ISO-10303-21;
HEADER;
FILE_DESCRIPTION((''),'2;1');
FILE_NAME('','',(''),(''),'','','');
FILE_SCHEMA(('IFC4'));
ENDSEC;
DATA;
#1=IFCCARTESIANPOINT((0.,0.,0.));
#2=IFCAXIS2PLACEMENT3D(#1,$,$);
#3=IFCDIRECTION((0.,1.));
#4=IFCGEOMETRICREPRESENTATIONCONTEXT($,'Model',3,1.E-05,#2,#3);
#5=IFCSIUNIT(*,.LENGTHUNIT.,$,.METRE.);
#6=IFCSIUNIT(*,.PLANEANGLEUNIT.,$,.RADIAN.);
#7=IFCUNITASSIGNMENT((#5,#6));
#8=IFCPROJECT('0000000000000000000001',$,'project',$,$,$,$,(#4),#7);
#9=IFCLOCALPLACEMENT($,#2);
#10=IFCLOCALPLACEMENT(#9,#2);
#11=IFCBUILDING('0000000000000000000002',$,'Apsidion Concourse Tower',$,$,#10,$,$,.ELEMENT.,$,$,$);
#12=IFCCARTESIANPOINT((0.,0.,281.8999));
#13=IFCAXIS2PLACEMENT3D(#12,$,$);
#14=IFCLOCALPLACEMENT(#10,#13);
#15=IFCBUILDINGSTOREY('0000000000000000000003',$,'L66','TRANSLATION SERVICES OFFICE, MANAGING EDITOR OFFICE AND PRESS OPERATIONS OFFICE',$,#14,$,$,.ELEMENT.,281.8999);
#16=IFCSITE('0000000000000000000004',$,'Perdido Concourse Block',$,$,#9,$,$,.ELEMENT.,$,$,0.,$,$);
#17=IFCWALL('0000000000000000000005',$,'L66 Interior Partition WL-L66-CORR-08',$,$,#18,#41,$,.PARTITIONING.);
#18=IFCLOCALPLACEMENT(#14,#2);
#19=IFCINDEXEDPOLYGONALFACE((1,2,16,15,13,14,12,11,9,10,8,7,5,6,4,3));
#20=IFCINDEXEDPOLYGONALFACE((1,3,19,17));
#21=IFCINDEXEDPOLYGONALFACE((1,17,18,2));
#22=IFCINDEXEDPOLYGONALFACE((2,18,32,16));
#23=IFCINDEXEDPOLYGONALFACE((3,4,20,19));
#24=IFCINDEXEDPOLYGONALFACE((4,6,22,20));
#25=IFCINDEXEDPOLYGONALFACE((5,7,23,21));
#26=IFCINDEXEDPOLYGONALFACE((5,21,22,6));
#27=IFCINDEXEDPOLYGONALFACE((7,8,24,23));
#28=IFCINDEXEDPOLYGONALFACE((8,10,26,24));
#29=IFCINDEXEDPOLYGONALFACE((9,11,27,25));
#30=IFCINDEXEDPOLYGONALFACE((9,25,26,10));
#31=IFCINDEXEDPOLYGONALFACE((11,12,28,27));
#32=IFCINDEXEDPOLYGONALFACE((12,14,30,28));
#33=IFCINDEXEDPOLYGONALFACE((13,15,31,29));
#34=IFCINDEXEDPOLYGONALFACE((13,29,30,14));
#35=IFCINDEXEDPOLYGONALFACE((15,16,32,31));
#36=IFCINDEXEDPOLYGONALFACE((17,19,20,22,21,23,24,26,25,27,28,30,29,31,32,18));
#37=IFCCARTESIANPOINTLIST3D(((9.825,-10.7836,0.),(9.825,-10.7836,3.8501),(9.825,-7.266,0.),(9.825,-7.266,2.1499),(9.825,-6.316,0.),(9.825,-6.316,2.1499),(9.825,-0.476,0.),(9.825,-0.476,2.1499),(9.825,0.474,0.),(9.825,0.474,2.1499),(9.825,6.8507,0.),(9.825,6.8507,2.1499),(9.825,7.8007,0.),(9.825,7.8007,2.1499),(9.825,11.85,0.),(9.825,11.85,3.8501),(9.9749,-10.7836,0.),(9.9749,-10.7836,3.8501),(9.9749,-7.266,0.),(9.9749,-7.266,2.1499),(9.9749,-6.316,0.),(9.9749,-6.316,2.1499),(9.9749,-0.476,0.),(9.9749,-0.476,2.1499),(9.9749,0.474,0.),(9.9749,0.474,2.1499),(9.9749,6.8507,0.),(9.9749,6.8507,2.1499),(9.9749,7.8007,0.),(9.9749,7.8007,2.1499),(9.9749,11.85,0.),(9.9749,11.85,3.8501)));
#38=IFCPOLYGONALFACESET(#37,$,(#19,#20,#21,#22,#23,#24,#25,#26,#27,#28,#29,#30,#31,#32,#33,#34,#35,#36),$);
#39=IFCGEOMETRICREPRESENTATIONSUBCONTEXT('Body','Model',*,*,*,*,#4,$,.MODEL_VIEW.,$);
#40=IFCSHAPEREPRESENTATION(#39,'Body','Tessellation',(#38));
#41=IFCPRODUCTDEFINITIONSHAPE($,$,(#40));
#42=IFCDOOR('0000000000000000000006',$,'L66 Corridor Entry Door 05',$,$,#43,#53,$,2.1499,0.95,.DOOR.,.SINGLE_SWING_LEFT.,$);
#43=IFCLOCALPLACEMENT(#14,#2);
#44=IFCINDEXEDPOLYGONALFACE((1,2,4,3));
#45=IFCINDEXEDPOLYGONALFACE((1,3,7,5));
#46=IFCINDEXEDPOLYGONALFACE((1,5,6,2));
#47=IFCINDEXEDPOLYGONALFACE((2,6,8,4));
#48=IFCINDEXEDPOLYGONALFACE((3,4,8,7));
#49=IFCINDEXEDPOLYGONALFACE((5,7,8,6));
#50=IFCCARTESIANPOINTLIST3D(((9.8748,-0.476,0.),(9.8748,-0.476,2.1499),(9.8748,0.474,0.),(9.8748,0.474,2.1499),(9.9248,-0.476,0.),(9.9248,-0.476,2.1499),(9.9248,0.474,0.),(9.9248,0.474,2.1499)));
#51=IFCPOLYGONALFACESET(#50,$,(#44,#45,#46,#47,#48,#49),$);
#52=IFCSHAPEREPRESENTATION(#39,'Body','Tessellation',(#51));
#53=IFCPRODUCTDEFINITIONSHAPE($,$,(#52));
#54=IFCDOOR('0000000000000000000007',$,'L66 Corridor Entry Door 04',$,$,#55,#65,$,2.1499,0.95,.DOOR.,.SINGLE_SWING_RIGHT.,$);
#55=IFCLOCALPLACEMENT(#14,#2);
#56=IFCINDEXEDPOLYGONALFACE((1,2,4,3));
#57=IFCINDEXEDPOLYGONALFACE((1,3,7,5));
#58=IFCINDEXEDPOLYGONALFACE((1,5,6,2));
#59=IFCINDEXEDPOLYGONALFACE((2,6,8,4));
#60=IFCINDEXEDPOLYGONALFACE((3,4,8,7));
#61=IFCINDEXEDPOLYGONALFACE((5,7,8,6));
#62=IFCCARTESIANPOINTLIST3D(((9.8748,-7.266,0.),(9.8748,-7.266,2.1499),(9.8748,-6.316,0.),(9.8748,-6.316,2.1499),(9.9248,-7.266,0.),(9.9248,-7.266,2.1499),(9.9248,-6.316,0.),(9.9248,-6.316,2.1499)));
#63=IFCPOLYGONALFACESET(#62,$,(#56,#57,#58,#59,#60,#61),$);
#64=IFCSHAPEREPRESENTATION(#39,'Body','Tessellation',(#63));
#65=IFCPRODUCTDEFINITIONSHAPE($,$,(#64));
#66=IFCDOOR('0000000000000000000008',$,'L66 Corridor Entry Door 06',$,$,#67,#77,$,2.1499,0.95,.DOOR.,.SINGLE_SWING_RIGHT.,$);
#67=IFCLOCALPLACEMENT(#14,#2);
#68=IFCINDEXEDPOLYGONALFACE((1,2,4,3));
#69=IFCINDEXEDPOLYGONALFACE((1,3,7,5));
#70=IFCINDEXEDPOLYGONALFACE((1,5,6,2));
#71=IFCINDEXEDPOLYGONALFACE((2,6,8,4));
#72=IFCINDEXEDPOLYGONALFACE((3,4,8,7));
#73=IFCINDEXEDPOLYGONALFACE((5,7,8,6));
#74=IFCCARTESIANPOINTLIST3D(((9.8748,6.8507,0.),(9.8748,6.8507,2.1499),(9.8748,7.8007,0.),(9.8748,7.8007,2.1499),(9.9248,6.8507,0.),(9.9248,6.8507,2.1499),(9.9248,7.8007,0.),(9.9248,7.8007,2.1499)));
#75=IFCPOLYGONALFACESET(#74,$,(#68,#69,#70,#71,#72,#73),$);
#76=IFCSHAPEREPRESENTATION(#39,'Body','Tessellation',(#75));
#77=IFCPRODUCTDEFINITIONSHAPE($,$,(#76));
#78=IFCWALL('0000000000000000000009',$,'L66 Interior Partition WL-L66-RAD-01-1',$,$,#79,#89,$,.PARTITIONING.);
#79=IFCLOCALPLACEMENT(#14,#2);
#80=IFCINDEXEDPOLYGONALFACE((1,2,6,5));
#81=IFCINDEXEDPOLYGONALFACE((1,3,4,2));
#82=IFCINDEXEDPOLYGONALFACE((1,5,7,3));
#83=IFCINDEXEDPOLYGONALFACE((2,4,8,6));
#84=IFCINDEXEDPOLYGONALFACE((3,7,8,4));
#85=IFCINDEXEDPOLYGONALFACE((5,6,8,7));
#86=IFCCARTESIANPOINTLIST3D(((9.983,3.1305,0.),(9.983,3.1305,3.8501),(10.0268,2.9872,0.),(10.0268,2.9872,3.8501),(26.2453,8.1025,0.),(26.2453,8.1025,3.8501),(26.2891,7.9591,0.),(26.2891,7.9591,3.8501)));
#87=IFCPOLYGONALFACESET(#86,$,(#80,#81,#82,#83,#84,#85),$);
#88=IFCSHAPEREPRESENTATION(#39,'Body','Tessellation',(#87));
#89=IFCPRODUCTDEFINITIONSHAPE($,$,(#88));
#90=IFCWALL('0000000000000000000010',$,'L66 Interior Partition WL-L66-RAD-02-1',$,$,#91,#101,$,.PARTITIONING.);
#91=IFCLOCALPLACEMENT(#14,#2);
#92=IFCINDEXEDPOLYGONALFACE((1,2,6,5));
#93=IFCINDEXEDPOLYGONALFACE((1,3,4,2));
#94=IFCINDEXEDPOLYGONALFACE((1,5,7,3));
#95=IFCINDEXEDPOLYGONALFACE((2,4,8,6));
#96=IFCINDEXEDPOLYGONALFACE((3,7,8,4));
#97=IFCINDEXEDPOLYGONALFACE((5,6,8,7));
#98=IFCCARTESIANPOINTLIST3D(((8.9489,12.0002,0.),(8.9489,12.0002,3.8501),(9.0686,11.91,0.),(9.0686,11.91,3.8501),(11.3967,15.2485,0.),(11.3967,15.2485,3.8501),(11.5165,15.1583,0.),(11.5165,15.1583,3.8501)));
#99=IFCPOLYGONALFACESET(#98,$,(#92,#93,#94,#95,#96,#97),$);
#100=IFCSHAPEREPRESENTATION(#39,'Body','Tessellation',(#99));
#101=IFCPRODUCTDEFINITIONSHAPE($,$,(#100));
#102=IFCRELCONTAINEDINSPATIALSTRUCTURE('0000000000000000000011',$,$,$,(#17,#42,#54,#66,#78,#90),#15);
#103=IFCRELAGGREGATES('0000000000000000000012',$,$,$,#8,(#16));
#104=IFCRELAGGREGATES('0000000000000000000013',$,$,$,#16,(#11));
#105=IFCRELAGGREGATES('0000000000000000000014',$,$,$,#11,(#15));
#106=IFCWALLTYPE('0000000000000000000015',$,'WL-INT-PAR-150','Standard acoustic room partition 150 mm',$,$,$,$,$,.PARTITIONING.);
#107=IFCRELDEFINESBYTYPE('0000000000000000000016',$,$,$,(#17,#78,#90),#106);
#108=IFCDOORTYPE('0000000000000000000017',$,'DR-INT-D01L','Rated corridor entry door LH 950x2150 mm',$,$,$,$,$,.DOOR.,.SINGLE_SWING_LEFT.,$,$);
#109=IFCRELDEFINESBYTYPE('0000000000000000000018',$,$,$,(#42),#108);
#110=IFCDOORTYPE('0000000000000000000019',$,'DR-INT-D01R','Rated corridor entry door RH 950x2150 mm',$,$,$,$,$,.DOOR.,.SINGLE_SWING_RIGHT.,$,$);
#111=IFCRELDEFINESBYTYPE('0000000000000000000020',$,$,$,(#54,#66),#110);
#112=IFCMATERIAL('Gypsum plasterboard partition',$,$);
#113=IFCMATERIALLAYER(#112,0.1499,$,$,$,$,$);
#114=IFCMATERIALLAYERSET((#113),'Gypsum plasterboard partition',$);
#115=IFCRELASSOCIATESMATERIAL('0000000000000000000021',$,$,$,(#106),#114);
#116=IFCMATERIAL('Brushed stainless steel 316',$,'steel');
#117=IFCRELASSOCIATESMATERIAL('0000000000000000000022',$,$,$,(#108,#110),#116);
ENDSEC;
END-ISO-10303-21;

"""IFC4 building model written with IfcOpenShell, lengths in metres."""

from ifc_helpers import new_model, si_unit, direction, frame, frame_2d, origin, place, context, subcontext, project, spatial, rectangle, extrude, material, layer, layer_set, type_object, element, fill, save


model = new_model("IFC4")

# Units and contexts
model_context = context("Model", 3, precision=1e-05, world=origin(), true_north=direction((0.0, 1.0)))
body_context = subcontext(model_context, "Body", "Model", "MODEL_VIEW")
ifc_project = project(units=[si_unit("LENGTHUNIT", "METRE"), si_unit("PLANEANGLEUNIT", "RADIAN")], contexts=[model_context])

# Site, building, storey
site_placement = place(None, origin())
site = spatial("IfcSite", under=ifc_project, at=site_placement, Name="Perdido Concourse Block", CompositionType="ELEMENT", RefElevation=0.0)
building_placement = place(site_placement, origin())
building = spatial("IfcBuilding", under=site, at=building_placement, Name="Apsidion Concourse Tower", CompositionType="ELEMENT")
storey_placement = place(building_placement, frame((0.0, 0.0, 281.8999)))
storey = spatial("IfcBuildingStorey", under=building, at=storey_placement, Name="L66", Description="TRANSLATION SERVICES OFFICE, MANAGING EDITOR OFFICE AND PRESS OPERATIONS OFFICE", CompositionType="ELEMENT", Elevation=281.8999)

# Wall, openings, doors
ifc_material_1 = material(Name="Gypsum plasterboard partition")
ifc_layer = layer(ifc_material_1, 0.1499)
ifc_layer_set = layer_set([ifc_layer], Name="Gypsum plasterboard partition")
wall_type = type_object("IfcWallType", Name="WL-INT-PAR-150", Description="Standard acoustic room partition 150 mm", PredefinedType="PARTITIONING", material=ifc_layer_set)
wall_1_placement = place(storey_placement, frame((9.8999, 11.8501, 0.0), z_axis=(0.0, 0.0, 1.0), x_axis=(0.0, -1.0, 0.0)))
wall_1 = element("IfcWall", 1, at=wall_1_placement, inside=storey, type_object=wall_type, Name="L66 Interior Partition WL-L66-CORR-08", PredefinedType="PARTITIONING", context=body_context, shape_type="SweptSolid", body=[
    extrude(rectangle(XDim=22.6335, YDim=0.1499, at=frame_2d((11.3169, 0.0))), origin(), (0.0, 0.0, 1.0), 3.8501),
])
opening_1_placement = place(wall_1_placement, frame((18.166, 0.0, 0.0)))
opening_1 = element("IfcOpeningElement", 2, at=opening_1_placement, cuts=wall_1, PredefinedType="OPENING", context=body_context, shape_type="SweptSolid", body=[
    extrude(rectangle(XDim=0.95, YDim=2.1499, at=frame_2d((0.4751, 1.075))), frame((0.0, 0.085, 0.0), z_axis=(0.0, -1.0, 0.0), x_axis=(1.0, 0.0, 0.0)), (0.0, 0.0, 1.0), 0.1699),
])
opening_2_placement = place(wall_1_placement, frame((11.376, 0.0, 0.0)))
opening_2 = element("IfcOpeningElement", 3, at=opening_2_placement, cuts=wall_1, PredefinedType="OPENING", context=body_context, shape_type="SweptSolid", body=[
    extrude(rectangle(XDim=0.95, YDim=2.1499, at=frame_2d((0.4751, 1.075))), frame((0.0, 0.085, 0.0), z_axis=(0.0, -1.0, 0.0), x_axis=(1.0, 0.0, 0.0)), (0.0, 0.0, 1.0), 0.1699),
])
opening_3_placement = place(wall_1_placement, frame((4.0493, 0.0, 0.0)))
opening_3 = element("IfcOpeningElement", 4, at=opening_3_placement, cuts=wall_1, PredefinedType="OPENING", context=body_context, shape_type="SweptSolid", body=[
    extrude(rectangle(XDim=0.95, YDim=2.1499, at=frame_2d((0.4751, 1.075))), frame((0.0, 0.085, 0.0), z_axis=(0.0, -1.0, 0.0), x_axis=(1.0, 0.0, 0.0)), (0.0, 0.0, 1.0), 0.1699),
])
ifc_material_2 = material(Name="Brushed stainless steel 316", Category="steel")
door_type_1 = type_object("IfcDoorType", Name="DR-INT-D01L", Description="Rated corridor entry door LH 950x2150 mm", OperationType="SINGLE_SWING_LEFT", PredefinedType="DOOR", material=ifc_material_2)
door_1_placement = place(opening_2_placement, origin())
door_1 = element("IfcDoor", 5, at=door_1_placement, inside=storey, type_object=door_type_1, Name="L66 Corridor Entry Door 05", OperationType="SINGLE_SWING_LEFT", OverallHeight=2.1499, OverallWidth=0.95, PredefinedType="DOOR", context=body_context, shape_type="SweptSolid", body=[
    extrude(rectangle(XDim=0.95, YDim=2.1499, at=frame_2d((0.4751, 1.075))), frame((0.0, 0.0249, 0.0), z_axis=(0.0, -1.0, 0.0), x_axis=(1.0, 0.0, 0.0)), (0.0, 0.0, 1.0), 0.05),
])
fill(opening_2, door_1)
door_type_2 = type_object("IfcDoorType", Name="DR-INT-D01R", Description="Rated corridor entry door RH 950x2150 mm", OperationType="SINGLE_SWING_RIGHT", PredefinedType="DOOR", material=ifc_material_2)
door_2_placement = place(opening_1_placement, origin())
door_2 = element("IfcDoor", 6, at=door_2_placement, inside=storey, type_object=door_type_2, Name="L66 Corridor Entry Door 04", OperationType="SINGLE_SWING_RIGHT", OverallHeight=2.1499, OverallWidth=0.95, PredefinedType="DOOR", context=body_context, shape_type="SweptSolid", body=[
    extrude(rectangle(XDim=0.95, YDim=2.1499, at=frame_2d((0.4751, 1.075))), frame((0.0, 0.0249, 0.0), z_axis=(0.0, -1.0, 0.0), x_axis=(1.0, 0.0, 0.0)), (0.0, 0.0, 1.0), 0.05),
])
fill(opening_1, door_2)
door_3_placement = place(opening_3_placement, origin())
door_3 = element("IfcDoor", 7, at=door_3_placement, inside=storey, type_object=door_type_2, Name="L66 Corridor Entry Door 06", OperationType="SINGLE_SWING_RIGHT", OverallHeight=2.1499, OverallWidth=0.95, PredefinedType="DOOR", context=body_context, shape_type="SweptSolid", body=[
    extrude(rectangle(XDim=0.95, YDim=2.1499, at=frame_2d((0.4751, 1.075))), frame((0.0, 0.0249, 0.0), z_axis=(0.0, -1.0, 0.0), x_axis=(1.0, 0.0, 0.0)), (0.0, 0.0, 1.0), 0.05),
])
fill(opening_3, door_3)

# Walls
wall_2_placement = place(storey_placement, frame((10.0049, 3.0588, 0.0), z_axis=(0.0, 0.0, 1.0), x_axis=(0.956304, 0.292375, 0.0)))
element("IfcWall", 8, at=wall_2_placement, inside=storey, type_object=wall_type, Name="L66 Interior Partition WL-L66-RAD-01-1", PredefinedType="PARTITIONING", context=body_context, shape_type="SweptSolid", body=[
    extrude(rectangle(XDim=17.0054, YDim=0.1499, at=frame_2d((8.5027, 0.0))), origin(), (0.0, 0.0, 1.0), 3.8501),
])
wall_3_placement = place(storey_placement, frame((9.0088, 11.9551, 0.0), z_axis=(0.0, 0.0, 1.0), x_axis=(0.601814, 0.798637, 0.0)))
element("IfcWall", 9, at=wall_3_placement, inside=storey, type_object=wall_type, Name="L66 Interior Partition WL-L66-RAD-02-1", PredefinedType="PARTITIONING", context=body_context, shape_type="SweptSolid", body=[
    extrude(rectangle(XDim=4.0674, YDim=0.1499, at=frame_2d((2.0337, 0.0))), origin(), (0.0, 0.0, 1.0), 3.8501),
])

save(model, "model.ifc")
